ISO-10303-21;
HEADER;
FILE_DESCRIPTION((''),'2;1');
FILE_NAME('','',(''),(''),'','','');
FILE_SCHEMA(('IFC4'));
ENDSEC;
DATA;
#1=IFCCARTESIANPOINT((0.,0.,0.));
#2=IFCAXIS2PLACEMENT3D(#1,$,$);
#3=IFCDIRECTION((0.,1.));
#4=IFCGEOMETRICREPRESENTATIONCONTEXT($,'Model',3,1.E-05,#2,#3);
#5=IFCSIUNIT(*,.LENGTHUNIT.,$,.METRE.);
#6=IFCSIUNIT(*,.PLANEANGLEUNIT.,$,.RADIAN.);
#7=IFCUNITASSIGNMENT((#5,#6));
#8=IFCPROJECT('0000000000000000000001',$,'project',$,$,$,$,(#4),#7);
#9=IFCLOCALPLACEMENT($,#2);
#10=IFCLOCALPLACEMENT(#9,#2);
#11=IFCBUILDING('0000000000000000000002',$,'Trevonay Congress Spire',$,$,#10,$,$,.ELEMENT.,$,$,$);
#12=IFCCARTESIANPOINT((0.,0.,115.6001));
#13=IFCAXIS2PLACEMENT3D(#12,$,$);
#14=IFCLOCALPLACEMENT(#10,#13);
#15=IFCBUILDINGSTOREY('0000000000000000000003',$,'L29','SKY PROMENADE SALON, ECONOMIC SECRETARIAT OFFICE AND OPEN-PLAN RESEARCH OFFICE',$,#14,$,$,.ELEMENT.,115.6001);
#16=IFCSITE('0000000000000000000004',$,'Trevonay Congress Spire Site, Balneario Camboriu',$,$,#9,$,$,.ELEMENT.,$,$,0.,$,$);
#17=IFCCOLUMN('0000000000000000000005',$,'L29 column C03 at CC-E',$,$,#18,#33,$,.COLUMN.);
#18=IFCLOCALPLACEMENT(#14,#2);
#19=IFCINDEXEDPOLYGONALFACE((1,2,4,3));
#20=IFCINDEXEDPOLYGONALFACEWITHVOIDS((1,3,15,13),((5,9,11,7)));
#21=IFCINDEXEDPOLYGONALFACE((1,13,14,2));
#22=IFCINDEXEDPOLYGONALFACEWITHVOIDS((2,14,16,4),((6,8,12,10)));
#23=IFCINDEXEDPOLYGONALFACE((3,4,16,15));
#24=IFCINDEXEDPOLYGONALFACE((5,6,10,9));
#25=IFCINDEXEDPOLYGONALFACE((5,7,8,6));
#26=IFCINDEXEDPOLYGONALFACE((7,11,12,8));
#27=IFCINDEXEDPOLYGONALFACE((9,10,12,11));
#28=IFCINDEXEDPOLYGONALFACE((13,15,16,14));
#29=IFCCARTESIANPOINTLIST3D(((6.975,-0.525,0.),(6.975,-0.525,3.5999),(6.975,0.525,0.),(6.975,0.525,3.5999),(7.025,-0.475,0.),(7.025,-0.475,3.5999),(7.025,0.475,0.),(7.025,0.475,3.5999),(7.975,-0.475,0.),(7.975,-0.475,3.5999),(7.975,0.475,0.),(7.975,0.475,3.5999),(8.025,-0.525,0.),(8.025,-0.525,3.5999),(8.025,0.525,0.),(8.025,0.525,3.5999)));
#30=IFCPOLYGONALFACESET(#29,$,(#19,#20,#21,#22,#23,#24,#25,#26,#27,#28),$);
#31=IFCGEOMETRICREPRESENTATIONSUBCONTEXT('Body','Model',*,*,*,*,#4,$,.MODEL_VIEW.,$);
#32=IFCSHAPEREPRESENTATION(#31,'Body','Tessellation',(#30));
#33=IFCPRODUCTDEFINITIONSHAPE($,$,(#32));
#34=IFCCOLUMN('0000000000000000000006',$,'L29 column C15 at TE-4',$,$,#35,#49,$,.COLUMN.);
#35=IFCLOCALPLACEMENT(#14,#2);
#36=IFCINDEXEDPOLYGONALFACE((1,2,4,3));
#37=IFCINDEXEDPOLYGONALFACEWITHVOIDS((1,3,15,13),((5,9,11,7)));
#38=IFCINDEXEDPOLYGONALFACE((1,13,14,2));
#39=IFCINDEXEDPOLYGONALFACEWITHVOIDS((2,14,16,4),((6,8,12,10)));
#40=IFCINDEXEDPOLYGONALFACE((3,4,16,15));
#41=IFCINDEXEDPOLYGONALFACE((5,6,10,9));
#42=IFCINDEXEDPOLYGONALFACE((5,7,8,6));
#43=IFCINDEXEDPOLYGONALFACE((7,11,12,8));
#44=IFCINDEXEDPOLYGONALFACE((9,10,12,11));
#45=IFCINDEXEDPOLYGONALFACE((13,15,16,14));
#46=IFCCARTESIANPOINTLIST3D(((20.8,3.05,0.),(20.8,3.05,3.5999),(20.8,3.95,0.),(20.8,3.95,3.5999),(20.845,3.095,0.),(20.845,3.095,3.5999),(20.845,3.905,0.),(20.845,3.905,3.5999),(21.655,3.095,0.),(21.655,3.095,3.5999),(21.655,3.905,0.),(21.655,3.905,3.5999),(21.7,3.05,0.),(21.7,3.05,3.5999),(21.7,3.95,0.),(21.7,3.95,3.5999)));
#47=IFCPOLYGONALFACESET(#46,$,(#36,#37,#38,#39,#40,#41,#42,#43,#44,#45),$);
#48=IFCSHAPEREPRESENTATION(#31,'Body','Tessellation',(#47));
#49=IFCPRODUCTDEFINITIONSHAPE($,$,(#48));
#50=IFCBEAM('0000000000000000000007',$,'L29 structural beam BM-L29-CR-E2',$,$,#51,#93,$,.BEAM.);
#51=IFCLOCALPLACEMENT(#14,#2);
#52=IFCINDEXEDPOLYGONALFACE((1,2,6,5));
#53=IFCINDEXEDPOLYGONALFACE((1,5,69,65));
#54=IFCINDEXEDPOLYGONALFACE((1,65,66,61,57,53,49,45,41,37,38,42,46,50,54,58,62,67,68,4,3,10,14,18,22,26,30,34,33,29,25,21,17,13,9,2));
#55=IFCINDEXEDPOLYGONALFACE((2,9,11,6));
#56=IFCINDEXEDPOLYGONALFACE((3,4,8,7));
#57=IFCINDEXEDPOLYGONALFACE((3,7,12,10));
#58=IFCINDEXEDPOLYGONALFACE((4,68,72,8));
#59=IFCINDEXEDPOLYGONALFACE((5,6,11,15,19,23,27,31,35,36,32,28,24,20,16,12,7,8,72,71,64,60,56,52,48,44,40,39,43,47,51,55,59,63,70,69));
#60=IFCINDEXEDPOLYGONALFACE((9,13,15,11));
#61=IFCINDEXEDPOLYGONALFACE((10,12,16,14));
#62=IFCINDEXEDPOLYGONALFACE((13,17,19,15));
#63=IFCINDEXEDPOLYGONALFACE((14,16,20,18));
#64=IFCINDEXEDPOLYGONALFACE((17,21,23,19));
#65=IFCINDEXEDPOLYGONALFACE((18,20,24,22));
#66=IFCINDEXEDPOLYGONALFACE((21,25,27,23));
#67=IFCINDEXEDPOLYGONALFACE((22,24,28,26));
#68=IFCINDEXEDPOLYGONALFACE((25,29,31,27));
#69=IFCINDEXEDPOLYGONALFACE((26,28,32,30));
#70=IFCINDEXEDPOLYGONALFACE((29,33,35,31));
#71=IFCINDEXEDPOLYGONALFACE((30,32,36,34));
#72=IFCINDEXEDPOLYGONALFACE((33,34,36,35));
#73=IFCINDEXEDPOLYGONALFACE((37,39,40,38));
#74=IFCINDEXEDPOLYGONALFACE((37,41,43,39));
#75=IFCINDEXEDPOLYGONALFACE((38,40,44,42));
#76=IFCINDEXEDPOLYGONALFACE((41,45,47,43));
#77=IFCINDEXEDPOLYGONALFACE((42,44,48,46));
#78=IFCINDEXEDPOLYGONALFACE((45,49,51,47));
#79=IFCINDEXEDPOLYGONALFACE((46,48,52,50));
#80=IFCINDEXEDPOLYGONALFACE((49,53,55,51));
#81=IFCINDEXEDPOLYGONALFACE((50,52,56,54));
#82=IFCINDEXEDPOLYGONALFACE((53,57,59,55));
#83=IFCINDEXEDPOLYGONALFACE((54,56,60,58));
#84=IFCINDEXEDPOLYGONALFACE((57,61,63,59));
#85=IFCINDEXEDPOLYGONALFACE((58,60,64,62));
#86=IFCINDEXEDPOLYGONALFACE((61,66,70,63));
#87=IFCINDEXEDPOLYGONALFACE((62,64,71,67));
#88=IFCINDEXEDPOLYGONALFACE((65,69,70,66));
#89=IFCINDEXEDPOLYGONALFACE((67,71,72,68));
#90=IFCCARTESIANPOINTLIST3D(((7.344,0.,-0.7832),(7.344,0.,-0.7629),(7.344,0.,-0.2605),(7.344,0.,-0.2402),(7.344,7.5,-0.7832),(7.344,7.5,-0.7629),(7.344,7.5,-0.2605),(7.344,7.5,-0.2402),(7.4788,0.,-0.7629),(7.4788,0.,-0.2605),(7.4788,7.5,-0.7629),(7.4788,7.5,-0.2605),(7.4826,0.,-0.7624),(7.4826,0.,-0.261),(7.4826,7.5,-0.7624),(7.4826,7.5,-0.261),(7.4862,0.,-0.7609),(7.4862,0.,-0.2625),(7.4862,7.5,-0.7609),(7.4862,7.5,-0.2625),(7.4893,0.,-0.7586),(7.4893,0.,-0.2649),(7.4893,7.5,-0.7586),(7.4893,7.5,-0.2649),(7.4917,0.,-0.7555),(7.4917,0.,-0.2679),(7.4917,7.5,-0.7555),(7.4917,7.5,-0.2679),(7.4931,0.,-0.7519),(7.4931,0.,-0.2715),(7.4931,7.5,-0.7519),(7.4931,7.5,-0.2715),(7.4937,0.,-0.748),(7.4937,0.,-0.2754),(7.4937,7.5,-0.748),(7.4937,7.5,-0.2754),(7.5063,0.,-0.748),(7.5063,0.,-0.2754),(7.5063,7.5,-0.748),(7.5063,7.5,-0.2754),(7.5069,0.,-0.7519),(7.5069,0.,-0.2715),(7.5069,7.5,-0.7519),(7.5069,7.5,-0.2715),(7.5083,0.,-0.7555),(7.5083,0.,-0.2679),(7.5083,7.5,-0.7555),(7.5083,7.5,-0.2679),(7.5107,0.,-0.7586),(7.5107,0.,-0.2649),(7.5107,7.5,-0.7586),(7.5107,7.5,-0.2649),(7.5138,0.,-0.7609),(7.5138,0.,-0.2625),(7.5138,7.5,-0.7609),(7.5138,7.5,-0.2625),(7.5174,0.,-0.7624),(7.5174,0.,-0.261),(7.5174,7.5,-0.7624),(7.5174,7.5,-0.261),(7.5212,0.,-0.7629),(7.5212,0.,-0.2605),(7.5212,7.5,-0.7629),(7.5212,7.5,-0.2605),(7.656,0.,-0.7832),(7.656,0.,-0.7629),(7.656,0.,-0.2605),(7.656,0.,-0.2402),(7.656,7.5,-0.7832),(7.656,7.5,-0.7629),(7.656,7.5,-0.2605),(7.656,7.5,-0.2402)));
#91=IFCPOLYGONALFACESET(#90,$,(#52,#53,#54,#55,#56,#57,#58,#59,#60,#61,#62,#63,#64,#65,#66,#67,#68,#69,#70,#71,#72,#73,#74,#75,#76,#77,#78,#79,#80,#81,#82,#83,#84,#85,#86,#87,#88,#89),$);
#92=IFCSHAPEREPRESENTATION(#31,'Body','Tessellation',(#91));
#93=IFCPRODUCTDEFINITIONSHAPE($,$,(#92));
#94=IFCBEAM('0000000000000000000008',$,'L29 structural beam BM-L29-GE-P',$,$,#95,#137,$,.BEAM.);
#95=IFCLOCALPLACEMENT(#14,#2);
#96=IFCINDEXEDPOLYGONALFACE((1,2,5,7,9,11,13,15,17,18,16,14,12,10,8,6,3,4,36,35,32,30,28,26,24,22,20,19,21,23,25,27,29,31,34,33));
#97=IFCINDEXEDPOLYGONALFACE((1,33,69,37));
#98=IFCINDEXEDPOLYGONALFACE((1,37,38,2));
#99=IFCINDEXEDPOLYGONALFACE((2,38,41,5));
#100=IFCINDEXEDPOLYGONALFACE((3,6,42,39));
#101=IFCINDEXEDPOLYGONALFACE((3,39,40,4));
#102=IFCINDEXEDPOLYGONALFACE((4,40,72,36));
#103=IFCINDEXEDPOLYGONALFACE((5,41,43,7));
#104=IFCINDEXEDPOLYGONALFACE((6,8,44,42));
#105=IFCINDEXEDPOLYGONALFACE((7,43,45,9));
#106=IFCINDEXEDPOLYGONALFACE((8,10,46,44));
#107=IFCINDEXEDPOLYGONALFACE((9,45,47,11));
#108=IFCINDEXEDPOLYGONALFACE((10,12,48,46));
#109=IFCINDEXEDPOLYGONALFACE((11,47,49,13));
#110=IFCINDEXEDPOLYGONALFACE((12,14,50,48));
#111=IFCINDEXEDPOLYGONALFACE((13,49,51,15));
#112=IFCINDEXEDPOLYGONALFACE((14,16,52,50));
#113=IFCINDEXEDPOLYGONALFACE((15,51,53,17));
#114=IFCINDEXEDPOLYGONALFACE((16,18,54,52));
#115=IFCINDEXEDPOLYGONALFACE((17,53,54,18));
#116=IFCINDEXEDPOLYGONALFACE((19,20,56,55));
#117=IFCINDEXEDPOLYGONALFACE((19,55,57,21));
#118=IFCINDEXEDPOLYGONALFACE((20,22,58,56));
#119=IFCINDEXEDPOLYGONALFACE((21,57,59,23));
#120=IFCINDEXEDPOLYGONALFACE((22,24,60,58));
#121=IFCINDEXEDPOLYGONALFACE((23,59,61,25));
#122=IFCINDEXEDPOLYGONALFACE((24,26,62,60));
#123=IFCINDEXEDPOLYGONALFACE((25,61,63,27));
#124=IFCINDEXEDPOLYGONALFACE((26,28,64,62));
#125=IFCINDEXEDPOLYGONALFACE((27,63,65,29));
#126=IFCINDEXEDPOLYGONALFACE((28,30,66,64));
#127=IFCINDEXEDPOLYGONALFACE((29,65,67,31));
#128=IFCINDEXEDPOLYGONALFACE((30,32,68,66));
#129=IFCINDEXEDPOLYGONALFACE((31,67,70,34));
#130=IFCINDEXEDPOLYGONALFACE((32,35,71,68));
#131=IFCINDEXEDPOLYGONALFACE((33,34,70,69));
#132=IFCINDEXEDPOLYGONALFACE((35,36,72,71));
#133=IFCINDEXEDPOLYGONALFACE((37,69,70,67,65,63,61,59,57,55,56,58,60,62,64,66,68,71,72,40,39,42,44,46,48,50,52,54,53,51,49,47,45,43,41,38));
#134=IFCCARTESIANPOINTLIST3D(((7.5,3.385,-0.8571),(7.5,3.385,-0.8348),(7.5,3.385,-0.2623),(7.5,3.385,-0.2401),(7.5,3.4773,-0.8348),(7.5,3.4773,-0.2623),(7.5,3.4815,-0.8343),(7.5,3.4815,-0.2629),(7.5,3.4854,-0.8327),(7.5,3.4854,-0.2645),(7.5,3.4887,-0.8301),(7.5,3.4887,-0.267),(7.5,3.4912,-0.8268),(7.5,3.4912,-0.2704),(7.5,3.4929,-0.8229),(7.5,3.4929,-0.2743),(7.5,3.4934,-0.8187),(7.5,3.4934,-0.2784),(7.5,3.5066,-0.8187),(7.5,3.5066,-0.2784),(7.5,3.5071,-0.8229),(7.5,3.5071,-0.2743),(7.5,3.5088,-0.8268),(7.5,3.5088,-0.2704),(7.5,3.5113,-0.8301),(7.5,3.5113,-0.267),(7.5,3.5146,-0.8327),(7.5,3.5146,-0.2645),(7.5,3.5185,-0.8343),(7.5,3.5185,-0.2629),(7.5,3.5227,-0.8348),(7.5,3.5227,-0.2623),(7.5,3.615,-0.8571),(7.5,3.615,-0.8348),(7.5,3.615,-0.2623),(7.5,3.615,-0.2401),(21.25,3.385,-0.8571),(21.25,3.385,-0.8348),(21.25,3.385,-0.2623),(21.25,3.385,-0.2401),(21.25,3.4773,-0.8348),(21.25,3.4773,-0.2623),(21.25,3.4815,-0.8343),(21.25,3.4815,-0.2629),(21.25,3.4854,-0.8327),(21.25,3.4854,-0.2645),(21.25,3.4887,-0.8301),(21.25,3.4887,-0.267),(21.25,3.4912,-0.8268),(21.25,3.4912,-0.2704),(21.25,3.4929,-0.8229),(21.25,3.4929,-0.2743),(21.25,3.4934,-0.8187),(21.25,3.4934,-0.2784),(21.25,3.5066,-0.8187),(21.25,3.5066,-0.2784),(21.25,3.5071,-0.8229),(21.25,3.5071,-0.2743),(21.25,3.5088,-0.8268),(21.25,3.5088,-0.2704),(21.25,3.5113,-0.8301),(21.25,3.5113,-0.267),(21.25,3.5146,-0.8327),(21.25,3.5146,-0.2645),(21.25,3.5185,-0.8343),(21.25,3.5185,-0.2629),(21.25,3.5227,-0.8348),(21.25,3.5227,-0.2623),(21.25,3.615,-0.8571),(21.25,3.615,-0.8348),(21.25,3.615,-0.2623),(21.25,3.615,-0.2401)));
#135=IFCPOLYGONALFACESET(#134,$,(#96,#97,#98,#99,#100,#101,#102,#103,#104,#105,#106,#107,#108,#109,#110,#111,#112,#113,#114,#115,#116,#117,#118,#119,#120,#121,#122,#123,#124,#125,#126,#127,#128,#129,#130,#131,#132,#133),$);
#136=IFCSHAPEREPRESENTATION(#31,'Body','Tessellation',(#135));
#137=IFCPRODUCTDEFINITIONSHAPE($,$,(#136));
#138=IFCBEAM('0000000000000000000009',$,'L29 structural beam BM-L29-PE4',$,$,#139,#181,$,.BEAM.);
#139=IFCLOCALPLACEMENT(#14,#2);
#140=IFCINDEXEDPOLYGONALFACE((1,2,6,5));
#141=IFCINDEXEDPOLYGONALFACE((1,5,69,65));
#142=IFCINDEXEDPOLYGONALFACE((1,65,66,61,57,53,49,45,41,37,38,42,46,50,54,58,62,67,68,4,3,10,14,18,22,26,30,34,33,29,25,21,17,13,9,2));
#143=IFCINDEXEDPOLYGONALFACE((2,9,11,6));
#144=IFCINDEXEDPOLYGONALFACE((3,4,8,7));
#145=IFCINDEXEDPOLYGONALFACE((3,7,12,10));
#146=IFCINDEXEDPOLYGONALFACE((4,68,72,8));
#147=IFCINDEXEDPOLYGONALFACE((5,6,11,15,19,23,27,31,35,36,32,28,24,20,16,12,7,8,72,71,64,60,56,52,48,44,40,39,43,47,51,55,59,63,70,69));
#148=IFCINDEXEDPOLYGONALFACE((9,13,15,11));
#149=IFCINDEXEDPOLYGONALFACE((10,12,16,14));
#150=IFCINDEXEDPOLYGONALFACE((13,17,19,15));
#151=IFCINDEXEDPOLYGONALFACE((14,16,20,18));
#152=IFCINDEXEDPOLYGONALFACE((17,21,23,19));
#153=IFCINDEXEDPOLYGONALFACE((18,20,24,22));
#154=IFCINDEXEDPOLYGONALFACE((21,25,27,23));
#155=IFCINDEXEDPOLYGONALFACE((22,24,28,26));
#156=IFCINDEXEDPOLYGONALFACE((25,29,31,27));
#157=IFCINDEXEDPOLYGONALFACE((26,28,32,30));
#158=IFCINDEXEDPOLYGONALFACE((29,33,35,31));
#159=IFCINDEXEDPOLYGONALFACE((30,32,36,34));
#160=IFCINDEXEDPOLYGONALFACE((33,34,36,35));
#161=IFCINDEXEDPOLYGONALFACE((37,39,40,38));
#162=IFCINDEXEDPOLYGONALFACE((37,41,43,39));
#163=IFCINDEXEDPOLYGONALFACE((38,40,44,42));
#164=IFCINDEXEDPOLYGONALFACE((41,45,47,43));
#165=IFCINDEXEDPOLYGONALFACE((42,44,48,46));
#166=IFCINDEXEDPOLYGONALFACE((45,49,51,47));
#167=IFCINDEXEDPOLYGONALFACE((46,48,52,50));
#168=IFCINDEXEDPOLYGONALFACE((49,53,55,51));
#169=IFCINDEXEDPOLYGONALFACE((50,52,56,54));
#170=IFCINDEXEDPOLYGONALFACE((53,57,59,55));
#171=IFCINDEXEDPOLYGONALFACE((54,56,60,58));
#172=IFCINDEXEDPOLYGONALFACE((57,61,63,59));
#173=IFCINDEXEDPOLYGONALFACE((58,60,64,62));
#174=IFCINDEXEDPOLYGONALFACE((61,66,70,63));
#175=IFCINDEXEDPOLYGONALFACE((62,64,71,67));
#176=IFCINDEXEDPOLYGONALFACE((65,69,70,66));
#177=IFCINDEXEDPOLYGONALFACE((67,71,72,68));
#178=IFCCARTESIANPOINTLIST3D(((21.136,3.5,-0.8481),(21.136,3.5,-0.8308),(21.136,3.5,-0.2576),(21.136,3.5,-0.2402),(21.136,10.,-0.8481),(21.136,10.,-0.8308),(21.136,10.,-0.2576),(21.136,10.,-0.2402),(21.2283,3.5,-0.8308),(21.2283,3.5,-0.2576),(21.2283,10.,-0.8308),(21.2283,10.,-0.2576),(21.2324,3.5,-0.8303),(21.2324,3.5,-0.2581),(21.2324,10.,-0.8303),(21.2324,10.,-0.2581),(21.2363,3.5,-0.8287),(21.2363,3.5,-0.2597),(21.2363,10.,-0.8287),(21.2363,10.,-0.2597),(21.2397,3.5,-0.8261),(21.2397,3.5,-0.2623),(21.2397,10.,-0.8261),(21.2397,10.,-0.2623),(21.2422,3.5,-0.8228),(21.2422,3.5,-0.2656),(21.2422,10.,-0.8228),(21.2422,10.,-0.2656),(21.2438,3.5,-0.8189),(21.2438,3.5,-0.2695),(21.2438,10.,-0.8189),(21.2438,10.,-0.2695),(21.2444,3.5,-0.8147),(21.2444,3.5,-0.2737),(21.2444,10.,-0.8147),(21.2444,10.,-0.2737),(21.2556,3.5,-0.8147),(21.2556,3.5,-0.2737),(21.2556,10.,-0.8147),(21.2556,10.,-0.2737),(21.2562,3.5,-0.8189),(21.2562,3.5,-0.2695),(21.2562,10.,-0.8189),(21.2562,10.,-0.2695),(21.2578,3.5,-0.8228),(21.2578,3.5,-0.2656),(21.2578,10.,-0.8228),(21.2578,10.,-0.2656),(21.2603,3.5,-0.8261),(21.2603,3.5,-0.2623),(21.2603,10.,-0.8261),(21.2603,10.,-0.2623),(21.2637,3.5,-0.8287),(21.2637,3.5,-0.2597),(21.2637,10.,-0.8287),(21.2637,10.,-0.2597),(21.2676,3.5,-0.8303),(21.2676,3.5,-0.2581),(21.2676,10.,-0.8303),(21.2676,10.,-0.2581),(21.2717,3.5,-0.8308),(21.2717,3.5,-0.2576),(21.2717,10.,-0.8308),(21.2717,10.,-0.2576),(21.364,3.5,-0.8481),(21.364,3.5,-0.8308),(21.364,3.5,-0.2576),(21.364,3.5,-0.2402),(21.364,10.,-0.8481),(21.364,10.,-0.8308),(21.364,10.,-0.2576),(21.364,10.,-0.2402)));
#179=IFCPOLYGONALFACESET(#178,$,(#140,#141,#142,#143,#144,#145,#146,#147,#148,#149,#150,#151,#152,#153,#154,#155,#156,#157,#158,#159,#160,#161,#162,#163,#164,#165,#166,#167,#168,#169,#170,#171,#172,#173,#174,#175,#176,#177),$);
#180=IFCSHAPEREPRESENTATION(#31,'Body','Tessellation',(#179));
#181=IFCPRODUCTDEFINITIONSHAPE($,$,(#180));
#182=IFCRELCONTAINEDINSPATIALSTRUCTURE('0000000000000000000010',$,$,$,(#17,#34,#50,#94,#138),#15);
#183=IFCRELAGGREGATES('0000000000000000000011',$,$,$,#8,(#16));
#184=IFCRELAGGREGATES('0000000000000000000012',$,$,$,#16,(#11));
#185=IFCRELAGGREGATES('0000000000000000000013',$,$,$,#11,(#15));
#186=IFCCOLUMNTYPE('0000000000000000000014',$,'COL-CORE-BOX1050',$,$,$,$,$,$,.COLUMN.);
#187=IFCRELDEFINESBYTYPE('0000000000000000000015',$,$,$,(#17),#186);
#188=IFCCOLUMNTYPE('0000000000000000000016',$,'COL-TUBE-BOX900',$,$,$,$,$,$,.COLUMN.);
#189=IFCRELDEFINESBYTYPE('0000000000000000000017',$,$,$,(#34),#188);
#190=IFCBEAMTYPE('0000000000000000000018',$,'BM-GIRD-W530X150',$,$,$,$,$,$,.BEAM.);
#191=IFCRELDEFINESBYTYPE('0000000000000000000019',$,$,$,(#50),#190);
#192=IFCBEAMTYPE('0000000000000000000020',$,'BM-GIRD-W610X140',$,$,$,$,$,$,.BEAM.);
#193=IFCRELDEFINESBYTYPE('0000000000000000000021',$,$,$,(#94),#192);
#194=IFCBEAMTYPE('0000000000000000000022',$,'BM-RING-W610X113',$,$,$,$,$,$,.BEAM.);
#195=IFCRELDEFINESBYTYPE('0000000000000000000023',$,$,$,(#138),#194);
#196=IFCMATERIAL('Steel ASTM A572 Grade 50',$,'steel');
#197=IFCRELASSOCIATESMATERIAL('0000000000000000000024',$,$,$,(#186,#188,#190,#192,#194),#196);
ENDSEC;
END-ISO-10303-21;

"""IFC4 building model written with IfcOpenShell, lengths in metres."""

from ifc_helpers import new_model, si_unit, direction, frame, origin, origin_2d, place, context, subcontext, project, spatial, hollow_rectangle, i_section, extrude, material, material_profile, profile_set, type_object, element, save


model = new_model("IFC4")

# Units and contexts
model_context = context("Model", 3, precision=1e-05, world=origin(), true_north=direction((0.0, 1.0)))
body_context = subcontext(model_context, "Body", "Model", "MODEL_VIEW")
ifc_project = project(units=[si_unit("LENGTHUNIT", "METRE"), si_unit("PLANEANGLEUNIT", "RADIAN")], contexts=[model_context])

# Site, building, storey
site_placement = place(None, origin())
site = spatial("IfcSite", under=ifc_project, at=site_placement, Name="Trevonay Congress Spire Site, Balneario Camboriu", CompositionType="ELEMENT", RefElevation=0.0)
building_placement = place(site_placement, origin())
building = spatial("IfcBuilding", under=site, at=building_placement, Name="Trevonay Congress Spire", CompositionType="ELEMENT")
storey_placement = place(building_placement, frame((0.0, 0.0, 115.6001)))
storey = spatial("IfcBuildingStorey", under=building, at=storey_placement, Name="L29", Description="SKY PROMENADE SALON, ECONOMIC SECRETARIAT OFFICE AND OPEN-PLAN RESEARCH OFFICE", CompositionType="ELEMENT", Elevation=115.6001)

# Columns
ifc_material_1 = material(Name="Steel ASTM A572 Grade 50", Category="steel")
ifc_material_profile_1 = material_profile(ifc_material_1, hollow_rectangle(XDim=1.05, YDim=1.05, WallThickness=0.05, at=origin_2d()), Name="BOX 1050x1050x50")
ifc_profile_set_1 = profile_set([ifc_material_profile_1], Name="Steel ASTM A572 Grade 50")
column_type_1 = type_object("IfcColumnType", Name="COL-CORE-BOX1050", PredefinedType="COLUMN", material=ifc_profile_set_1)
column_1_placement = place(storey_placement, frame((7.5, 0.0, 0.0), z_axis=(0.0, 0.0, 1.0), x_axis=(1.0, 0.0, 0.0)))
element("IfcColumn", 1, at=column_1_placement, inside=storey, type_object=column_type_1, Name="L29 column C03 at CC-E", PredefinedType="COLUMN", context=body_context, shape_type="SweptSolid", body=[
    extrude(hollow_rectangle(XDim=1.05, YDim=1.05, WallThickness=0.05, at=origin_2d()), origin(), (0.0, 0.0, 1.0), 3.5999),
])
ifc_material_profile_2 = material_profile(ifc_material_1, hollow_rectangle(XDim=0.8999, YDim=0.8999, WallThickness=0.0449, at=origin_2d()), Name="BOX 900x900x45")
ifc_profile_set_2 = profile_set([ifc_material_profile_2], Name="Steel ASTM A572 Grade 50")
column_type_2 = type_object("IfcColumnType", Name="COL-TUBE-BOX900", PredefinedType="COLUMN", material=ifc_profile_set_2)
column_2_placement = place(storey_placement, frame((21.25, 3.5, 0.0), z_axis=(0.0, 0.0, 1.0), x_axis=(1.0, 0.0, 0.0)))
element("IfcColumn", 2, at=column_2_placement, inside=storey, type_object=column_type_2, Name="L29 column C15 at TE-4", PredefinedType="COLUMN", context=body_context, shape_type="SweptSolid", body=[
    extrude(hollow_rectangle(XDim=0.8999, YDim=0.8999, WallThickness=0.0449, at=origin_2d()), origin(), (0.0, 0.0, 1.0), 3.5999),
])

# Beams
ifc_material_profile_3 = material_profile(ifc_material_1, i_section(OverallWidth=0.312, OverallDepth=0.543, WebThickness=0.0127, FlangeThickness=0.0203, FilletRadius=0.0149, at=origin_2d()), Name="W530x150")
ifc_profile_set_3 = profile_set([ifc_material_profile_3], Name="Steel ASTM A572 Grade 50")
beam_type_1 = type_object("IfcBeamType", Name="BM-GIRD-W530X150", PredefinedType="BEAM", material=ifc_profile_set_3)
beam_1_placement = place(storey_placement, frame((7.5, 0.0, -0.5117), z_axis=(0.0, 1.0, 0.0), x_axis=(-1.0, 0.0, 0.0)))
element("IfcBeam", 3, at=beam_1_placement, inside=storey, type_object=beam_type_1, Name="L29 structural beam BM-L29-CR-E2", PredefinedType="BEAM", context=body_context, shape_type="SweptSolid", body=[
    extrude(i_section(OverallWidth=0.312, OverallDepth=0.543, WebThickness=0.0127, FlangeThickness=0.0203, FilletRadius=0.0149, at=origin_2d()), origin(), (0.0, 0.0, 1.0), 7.5),
])
ifc_material_profile_4 = material_profile(ifc_material_1, i_section(OverallWidth=0.23, OverallDepth=0.6169, WebThickness=0.0132, FlangeThickness=0.0222, FilletRadius=0.0161, at=origin_2d()), Name="W610x140")
ifc_profile_set_4 = profile_set([ifc_material_profile_4], Name="Steel ASTM A572 Grade 50")
beam_type_2 = type_object("IfcBeamType", Name="BM-GIRD-W610X140", PredefinedType="BEAM", material=ifc_profile_set_4)
beam_2_placement = place(storey_placement, frame((7.5, 3.5, -0.5486), z_axis=(1.0, 0.0, 0.0), x_axis=(0.0, 1.0, 0.0)))
element("IfcBeam", 4, at=beam_2_placement, inside=storey, type_object=beam_type_2, Name="L29 structural beam BM-L29-GE-P", PredefinedType="BEAM", context=body_context, shape_type="SweptSolid", body=[
    extrude(i_section(OverallWidth=0.23, OverallDepth=0.6169, WebThickness=0.0132, FlangeThickness=0.0222, FilletRadius=0.0161, at=origin_2d()), origin(), (0.0, 0.0, 1.0), 13.75),
])
ifc_material_profile_5 = material_profile(ifc_material_1, i_section(OverallWidth=0.228, OverallDepth=0.6079, WebThickness=0.0112, FlangeThickness=0.0173, FilletRadius=0.0161, at=origin_2d()), Name="W610x113")
ifc_profile_set_5 = profile_set([ifc_material_profile_5], Name="Steel ASTM A572 Grade 50")
beam_type_3 = type_object("IfcBeamType", Name="BM-RING-W610X113", PredefinedType="BEAM", material=ifc_profile_set_5)
beam_3_placement = place(storey_placement, frame((21.25, 3.5, -0.5442), z_axis=(0.0, 1.0, 0.0), x_axis=(-1.0, 0.0, 0.0)))
element("IfcBeam", 5, at=beam_3_placement, inside=storey, type_object=beam_type_3, Name="L29 structural beam BM-L29-PE4", PredefinedType="BEAM", context=body_context, shape_type="SweptSolid", body=[
    extrude(i_section(OverallWidth=0.228, OverallDepth=0.6079, WebThickness=0.0112, FlangeThickness=0.0173, FilletRadius=0.0161, at=origin_2d()), origin(), (0.0, 0.0, 1.0), 6.5),
])

save(model, "model.ifc")
